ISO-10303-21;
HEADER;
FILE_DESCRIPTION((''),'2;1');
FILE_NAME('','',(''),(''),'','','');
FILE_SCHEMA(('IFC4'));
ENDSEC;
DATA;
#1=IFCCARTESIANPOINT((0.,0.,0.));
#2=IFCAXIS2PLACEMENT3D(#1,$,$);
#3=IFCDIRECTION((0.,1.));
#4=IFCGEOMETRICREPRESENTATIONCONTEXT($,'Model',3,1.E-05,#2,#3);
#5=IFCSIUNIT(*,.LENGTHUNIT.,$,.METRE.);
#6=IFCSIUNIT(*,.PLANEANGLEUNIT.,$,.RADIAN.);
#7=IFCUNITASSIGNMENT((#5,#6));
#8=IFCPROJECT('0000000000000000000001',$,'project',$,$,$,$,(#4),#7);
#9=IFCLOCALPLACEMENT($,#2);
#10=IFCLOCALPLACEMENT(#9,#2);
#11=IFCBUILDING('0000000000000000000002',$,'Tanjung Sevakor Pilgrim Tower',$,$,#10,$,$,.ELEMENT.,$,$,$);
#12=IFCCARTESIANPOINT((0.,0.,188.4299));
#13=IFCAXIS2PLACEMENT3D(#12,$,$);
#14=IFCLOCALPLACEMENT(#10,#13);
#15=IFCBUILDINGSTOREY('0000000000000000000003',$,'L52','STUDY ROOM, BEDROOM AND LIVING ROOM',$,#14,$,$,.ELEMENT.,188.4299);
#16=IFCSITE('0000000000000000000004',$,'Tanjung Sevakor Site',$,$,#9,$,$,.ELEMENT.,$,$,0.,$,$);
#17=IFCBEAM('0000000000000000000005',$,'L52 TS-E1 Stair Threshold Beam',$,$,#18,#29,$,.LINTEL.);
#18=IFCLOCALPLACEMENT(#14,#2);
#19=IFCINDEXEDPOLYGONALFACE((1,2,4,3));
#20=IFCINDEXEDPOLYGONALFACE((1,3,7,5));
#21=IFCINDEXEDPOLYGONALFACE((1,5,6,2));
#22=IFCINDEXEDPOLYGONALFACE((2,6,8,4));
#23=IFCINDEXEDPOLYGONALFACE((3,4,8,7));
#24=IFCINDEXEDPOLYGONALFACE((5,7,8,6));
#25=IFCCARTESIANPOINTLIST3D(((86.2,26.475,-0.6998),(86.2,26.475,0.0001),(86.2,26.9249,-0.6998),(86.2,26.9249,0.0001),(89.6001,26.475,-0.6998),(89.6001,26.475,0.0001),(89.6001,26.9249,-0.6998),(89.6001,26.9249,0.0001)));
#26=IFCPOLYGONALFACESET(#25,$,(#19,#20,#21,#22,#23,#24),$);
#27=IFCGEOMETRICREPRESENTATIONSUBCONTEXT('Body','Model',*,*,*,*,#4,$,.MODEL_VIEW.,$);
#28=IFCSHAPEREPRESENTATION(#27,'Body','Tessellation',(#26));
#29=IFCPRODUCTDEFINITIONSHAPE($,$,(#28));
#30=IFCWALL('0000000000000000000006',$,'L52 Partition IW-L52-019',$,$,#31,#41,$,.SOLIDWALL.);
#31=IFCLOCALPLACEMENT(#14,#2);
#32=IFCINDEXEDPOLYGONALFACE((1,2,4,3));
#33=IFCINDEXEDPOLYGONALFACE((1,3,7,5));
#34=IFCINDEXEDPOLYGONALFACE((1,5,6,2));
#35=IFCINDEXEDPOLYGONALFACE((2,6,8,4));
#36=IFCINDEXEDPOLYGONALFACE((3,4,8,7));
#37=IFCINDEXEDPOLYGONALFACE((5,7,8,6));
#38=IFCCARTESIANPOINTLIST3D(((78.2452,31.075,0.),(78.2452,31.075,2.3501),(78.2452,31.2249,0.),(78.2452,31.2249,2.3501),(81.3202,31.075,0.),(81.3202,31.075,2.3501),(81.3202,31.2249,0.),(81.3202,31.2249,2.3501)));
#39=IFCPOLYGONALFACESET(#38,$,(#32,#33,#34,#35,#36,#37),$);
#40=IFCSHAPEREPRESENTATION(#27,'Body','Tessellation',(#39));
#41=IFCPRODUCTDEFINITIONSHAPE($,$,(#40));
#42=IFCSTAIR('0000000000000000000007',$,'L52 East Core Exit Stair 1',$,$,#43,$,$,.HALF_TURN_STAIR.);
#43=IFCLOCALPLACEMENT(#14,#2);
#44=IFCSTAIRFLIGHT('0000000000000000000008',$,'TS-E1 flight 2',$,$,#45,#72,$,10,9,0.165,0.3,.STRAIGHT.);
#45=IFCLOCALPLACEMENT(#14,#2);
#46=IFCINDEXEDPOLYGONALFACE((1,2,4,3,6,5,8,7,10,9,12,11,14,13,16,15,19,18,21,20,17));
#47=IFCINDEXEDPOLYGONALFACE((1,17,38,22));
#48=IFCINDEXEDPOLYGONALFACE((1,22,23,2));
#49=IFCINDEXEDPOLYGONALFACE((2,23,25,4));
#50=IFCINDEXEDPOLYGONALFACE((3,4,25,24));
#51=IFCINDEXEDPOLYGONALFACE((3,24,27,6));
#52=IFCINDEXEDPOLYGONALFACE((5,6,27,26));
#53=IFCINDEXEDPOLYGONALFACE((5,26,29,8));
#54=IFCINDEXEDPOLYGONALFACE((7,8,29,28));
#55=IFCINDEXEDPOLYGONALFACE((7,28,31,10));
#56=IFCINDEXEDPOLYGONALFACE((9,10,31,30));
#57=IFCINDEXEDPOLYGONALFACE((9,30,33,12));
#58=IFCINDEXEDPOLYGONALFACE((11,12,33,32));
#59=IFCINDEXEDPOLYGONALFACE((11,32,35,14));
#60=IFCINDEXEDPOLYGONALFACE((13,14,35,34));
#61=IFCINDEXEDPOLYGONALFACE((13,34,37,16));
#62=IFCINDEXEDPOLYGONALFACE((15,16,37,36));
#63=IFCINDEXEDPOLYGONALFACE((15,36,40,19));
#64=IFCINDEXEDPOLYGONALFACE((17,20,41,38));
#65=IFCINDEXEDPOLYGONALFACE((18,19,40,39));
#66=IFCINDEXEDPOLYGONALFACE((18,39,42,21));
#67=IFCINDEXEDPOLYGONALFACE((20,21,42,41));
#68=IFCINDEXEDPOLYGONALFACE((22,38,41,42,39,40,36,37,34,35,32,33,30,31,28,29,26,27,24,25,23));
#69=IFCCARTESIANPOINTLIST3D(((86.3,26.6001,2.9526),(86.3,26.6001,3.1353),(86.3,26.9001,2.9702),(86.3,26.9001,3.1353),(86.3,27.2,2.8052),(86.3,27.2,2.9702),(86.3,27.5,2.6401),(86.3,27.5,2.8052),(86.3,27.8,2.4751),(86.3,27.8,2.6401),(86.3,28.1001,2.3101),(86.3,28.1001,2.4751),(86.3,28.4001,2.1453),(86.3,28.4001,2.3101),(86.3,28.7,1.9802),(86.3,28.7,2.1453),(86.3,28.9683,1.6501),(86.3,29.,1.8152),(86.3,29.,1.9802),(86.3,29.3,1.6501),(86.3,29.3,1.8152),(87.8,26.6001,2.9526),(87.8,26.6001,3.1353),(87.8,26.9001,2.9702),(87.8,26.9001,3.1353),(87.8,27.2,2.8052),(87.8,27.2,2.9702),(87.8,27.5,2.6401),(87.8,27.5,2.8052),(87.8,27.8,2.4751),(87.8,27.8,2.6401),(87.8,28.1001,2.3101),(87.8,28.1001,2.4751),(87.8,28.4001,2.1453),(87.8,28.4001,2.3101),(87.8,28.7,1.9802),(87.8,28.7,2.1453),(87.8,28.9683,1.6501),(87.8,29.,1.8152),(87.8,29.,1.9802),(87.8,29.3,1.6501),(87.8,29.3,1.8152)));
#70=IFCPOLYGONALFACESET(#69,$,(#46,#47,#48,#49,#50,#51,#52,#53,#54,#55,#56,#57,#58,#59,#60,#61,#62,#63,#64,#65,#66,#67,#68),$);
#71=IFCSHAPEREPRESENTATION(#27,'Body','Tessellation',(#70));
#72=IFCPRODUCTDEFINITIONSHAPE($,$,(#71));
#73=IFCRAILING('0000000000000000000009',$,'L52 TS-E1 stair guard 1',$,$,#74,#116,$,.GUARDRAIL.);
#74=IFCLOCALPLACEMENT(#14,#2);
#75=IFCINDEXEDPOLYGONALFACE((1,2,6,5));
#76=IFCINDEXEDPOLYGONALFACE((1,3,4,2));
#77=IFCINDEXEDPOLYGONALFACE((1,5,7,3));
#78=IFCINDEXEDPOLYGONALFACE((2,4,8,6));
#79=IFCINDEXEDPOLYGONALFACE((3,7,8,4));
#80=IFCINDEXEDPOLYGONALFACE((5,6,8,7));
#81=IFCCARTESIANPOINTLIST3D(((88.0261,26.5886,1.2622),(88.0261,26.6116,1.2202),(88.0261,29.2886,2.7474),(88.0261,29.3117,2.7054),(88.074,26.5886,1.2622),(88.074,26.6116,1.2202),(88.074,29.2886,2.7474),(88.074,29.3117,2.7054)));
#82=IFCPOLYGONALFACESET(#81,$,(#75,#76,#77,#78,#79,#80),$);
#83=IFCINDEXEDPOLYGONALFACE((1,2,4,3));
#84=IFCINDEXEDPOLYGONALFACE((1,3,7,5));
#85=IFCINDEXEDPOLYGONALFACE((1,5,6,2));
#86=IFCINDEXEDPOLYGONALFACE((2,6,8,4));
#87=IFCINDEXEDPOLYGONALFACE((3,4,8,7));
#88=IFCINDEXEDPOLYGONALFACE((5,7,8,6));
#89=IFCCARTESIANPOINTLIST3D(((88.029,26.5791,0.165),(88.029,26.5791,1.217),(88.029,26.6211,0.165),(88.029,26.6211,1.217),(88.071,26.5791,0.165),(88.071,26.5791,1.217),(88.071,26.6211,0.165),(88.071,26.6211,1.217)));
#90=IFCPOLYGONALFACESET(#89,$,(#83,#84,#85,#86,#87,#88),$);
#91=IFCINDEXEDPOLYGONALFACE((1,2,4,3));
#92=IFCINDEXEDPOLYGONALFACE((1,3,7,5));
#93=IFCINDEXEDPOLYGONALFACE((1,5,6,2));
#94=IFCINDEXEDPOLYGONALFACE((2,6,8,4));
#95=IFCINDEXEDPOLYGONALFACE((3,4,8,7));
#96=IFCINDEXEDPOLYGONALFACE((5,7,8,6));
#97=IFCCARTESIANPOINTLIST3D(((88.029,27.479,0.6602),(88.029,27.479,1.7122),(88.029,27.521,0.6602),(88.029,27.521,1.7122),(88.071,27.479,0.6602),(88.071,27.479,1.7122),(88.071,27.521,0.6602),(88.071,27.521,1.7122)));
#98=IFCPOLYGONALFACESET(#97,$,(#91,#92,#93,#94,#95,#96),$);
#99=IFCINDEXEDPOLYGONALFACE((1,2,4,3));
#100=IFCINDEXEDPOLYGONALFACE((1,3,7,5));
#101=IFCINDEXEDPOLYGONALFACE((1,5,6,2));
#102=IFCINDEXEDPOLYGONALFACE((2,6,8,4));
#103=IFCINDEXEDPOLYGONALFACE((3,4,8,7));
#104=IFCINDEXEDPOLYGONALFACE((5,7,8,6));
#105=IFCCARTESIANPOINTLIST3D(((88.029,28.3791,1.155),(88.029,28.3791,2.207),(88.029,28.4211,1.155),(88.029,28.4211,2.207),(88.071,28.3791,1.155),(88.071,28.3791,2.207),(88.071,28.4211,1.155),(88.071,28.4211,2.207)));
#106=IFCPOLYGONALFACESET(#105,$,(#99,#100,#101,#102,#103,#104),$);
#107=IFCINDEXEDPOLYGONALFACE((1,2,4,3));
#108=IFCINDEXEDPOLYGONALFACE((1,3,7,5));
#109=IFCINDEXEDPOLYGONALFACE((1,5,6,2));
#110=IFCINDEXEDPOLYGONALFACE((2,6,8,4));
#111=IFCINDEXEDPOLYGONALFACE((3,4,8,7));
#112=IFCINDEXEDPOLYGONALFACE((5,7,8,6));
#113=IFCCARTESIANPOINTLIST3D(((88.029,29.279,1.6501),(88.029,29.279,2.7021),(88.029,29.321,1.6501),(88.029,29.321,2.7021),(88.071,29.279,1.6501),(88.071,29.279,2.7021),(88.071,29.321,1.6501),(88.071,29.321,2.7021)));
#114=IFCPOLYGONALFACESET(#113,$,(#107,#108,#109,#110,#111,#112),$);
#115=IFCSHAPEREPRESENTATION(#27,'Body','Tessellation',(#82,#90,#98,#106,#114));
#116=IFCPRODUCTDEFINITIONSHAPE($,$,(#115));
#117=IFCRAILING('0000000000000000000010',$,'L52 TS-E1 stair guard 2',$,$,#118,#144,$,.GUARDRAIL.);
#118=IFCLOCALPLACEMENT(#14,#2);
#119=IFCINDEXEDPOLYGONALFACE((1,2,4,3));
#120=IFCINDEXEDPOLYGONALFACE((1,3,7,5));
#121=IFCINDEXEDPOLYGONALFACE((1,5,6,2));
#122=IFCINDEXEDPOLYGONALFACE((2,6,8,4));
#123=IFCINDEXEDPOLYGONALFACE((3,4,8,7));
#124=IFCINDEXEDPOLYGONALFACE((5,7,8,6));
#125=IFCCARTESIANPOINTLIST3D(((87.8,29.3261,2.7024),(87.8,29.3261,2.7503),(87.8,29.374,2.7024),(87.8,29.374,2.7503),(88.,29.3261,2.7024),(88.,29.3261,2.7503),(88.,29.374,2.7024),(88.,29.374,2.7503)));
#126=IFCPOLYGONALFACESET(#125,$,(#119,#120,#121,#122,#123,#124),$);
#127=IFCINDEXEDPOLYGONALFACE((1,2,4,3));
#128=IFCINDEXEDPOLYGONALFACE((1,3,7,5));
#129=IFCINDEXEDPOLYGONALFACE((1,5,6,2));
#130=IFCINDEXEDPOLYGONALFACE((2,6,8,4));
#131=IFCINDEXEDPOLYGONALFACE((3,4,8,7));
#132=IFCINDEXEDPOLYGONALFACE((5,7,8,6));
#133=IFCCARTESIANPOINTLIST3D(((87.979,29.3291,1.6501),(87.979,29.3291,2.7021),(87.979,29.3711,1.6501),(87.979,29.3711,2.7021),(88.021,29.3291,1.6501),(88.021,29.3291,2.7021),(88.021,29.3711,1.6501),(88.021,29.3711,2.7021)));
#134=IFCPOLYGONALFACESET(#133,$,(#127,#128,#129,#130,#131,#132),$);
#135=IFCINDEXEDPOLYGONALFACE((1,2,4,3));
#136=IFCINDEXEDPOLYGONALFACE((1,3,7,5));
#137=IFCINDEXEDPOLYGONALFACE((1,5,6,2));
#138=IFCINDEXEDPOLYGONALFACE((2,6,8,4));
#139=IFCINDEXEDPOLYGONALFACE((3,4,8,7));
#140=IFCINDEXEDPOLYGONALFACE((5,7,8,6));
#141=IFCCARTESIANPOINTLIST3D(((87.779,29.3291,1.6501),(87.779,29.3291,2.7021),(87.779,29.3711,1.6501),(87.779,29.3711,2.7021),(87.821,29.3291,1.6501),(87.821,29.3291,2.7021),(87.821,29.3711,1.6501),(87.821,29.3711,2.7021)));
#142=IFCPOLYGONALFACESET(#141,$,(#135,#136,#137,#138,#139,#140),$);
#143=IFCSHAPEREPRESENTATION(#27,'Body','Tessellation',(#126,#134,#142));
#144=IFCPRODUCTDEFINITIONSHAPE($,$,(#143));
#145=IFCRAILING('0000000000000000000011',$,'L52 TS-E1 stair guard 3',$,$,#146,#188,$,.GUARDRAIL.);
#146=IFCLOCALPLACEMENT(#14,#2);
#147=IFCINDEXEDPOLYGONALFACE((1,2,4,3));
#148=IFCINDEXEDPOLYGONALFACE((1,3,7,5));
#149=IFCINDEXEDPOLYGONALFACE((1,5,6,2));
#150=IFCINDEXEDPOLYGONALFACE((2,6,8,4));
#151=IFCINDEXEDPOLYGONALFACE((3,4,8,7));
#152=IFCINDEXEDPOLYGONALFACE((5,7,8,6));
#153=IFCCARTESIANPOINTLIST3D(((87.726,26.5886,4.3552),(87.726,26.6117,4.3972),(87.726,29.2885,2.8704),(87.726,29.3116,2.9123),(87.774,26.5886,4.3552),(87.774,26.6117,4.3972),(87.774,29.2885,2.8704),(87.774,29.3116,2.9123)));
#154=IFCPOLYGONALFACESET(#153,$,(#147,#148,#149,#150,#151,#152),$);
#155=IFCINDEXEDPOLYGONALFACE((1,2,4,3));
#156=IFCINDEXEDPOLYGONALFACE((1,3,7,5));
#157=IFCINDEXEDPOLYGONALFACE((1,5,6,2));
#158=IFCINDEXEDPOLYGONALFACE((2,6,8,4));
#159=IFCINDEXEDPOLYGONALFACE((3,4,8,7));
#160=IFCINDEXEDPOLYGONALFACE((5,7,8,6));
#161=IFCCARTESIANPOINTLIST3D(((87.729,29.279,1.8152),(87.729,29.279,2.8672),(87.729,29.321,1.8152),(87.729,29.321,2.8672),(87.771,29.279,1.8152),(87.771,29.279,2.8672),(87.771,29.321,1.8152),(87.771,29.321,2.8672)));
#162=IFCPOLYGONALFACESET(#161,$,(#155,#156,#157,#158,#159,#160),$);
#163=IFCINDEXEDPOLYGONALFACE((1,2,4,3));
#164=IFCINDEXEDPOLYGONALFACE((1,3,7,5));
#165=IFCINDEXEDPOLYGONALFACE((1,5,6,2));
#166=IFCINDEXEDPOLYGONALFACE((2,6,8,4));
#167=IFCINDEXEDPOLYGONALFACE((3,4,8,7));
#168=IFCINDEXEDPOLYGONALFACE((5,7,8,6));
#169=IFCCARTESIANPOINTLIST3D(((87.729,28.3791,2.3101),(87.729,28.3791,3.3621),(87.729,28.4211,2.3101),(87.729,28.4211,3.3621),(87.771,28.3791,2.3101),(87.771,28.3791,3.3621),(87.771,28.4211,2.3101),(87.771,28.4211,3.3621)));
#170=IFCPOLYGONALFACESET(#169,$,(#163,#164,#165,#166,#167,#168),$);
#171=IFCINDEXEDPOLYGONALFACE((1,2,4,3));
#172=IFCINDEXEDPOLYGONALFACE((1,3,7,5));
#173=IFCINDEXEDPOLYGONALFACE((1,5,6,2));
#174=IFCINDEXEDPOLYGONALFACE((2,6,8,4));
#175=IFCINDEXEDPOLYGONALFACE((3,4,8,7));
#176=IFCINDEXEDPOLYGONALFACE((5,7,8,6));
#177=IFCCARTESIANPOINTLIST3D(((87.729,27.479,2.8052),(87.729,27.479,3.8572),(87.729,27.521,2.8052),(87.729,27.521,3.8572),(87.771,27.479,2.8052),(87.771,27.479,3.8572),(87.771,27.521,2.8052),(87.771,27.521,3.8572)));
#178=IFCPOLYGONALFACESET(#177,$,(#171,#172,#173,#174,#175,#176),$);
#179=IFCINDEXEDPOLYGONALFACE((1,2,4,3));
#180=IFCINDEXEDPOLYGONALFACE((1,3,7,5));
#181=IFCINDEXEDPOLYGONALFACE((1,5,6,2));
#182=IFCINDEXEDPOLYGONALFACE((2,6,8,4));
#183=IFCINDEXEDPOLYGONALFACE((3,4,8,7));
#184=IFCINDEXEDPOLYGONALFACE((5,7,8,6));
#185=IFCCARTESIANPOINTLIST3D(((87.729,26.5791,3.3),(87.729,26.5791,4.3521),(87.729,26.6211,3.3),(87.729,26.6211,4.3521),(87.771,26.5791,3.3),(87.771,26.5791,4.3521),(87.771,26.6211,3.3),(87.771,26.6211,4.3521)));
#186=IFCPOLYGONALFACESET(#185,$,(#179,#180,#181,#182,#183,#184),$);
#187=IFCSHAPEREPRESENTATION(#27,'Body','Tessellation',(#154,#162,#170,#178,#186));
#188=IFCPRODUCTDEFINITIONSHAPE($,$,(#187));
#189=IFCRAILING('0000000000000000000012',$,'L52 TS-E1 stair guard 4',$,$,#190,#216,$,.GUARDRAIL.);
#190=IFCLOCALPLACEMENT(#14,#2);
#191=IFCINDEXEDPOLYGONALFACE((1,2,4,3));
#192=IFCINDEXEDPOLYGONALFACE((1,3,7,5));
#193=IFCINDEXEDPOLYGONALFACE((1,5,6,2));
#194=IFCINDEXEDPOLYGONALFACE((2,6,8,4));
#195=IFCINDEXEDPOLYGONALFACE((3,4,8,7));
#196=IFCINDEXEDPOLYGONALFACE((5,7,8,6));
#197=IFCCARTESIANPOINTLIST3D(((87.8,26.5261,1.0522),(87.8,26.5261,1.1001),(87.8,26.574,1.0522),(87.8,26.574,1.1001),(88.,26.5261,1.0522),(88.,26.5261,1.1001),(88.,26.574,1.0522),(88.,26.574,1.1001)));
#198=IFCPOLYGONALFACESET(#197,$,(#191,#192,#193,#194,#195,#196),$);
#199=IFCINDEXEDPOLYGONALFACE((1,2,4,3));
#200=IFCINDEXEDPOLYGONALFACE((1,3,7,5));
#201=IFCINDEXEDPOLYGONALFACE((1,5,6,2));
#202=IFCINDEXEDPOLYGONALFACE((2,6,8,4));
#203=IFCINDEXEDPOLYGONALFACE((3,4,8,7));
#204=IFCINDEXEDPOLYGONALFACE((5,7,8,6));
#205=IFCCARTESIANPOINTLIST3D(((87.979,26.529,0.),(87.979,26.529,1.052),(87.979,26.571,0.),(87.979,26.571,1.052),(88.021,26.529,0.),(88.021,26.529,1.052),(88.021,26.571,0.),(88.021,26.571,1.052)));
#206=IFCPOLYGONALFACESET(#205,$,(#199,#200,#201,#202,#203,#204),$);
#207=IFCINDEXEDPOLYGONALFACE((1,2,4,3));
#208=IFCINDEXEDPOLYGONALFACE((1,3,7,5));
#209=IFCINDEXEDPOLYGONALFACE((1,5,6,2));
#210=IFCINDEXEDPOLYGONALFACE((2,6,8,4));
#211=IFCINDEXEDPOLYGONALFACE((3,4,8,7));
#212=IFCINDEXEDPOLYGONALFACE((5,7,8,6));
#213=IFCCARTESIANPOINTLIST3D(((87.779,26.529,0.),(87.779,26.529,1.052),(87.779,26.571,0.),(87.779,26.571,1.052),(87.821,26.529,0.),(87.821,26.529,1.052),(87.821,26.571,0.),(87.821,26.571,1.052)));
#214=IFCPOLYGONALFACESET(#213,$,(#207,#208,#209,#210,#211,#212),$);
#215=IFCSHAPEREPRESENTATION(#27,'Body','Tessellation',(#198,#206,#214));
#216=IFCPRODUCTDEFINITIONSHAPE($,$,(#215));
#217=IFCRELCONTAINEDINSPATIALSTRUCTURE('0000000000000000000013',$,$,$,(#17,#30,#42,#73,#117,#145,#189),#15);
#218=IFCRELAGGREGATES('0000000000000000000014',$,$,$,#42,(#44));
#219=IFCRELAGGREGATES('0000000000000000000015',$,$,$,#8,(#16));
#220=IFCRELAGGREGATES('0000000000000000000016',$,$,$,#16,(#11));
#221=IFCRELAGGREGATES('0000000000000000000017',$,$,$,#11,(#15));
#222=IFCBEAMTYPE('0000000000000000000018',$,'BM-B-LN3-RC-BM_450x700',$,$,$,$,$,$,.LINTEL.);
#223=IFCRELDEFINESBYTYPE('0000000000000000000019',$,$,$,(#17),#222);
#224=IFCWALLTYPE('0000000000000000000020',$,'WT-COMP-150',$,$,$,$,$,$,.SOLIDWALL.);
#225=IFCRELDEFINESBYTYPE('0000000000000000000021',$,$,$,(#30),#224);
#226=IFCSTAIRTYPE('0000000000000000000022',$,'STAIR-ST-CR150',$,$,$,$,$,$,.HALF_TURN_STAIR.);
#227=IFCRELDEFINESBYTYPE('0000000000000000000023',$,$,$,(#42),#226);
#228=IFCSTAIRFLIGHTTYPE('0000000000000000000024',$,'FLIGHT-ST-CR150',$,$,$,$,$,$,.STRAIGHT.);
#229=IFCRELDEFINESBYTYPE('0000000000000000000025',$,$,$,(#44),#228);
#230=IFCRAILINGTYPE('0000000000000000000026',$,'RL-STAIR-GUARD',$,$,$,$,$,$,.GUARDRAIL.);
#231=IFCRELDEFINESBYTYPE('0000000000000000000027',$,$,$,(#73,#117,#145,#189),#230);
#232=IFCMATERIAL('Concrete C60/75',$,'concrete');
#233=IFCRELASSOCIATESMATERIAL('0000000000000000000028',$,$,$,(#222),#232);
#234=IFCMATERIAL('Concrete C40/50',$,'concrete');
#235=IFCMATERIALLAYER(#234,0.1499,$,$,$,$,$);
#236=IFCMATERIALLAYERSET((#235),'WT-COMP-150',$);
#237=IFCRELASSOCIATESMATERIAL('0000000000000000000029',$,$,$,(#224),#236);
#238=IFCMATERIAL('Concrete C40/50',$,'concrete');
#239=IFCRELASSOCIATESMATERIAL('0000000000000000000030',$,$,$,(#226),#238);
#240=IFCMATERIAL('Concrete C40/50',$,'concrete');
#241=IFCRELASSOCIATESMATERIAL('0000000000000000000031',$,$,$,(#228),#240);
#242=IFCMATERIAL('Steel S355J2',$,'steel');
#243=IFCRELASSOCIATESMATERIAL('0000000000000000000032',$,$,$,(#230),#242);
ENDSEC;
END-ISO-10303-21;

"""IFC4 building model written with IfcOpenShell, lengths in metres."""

from ifc_helpers import new_model, si_unit, direction, frame, frame_2d, origin, origin_2d, place, context, subcontext, project, spatial, polyline, rectangle, outline, extrude, material, layer, layer_set, material_profile, profile_set, type_object, element, aggregate, save


model = new_model("IFC4")

# Units and contexts
model_context = context("Model", 3, precision=1e-05, world=origin(), true_north=direction((0.0, 1.0)))
body_context = subcontext(model_context, "Body", "Model", "MODEL_VIEW")
ifc_project = project(units=[si_unit("LENGTHUNIT", "METRE"), si_unit("PLANEANGLEUNIT", "RADIAN")], contexts=[model_context])

# Site, building, storey
site_placement = place(None, origin())
site = spatial("IfcSite", under=ifc_project, at=site_placement, Name="Tanjung Sevakor Site", CompositionType="ELEMENT", RefElevation=0.0)
building_placement = place(site_placement, origin())
building = spatial("IfcBuilding", under=site, at=building_placement, Name="Tanjung Sevakor Pilgrim Tower", CompositionType="ELEMENT")
storey_placement = place(building_placement, frame((0.0, 0.0, 188.4299)))
storey = spatial("IfcBuildingStorey", under=building, at=storey_placement, Name="L52", Description="STUDY ROOM, BEDROOM AND LIVING ROOM", CompositionType="ELEMENT", Elevation=188.4299)

# Beam
ifc_material_1 = material(Name="Concrete C60/75", Category="concrete")
ifc_material_profile = material_profile(ifc_material_1, rectangle(XDim=0.45, YDim=0.7, at=origin_2d()))
ifc_profile_set = profile_set([ifc_material_profile], Name="Concrete C60/75")
beam_type = type_object("IfcBeamType", Name="BM-B-LN3-RC-BM_450x700", PredefinedType="LINTEL", material=ifc_profile_set)
beam_placement = place(storey_placement, frame((86.2, 26.7, -0.3499), z_axis=(1.0, 0.0, 0.0), x_axis=(0.0, 1.0, 0.0)))
element("IfcBeam", 1, at=beam_placement, inside=storey, type_object=beam_type, Name="L52 TS-E1 Stair Threshold Beam", PredefinedType="LINTEL", context=body_context, shape_type="SweptSolid", body=[
    extrude(rectangle(XDim=0.45, YDim=0.7, at=origin_2d()), origin(), (0.0, 0.0, 1.0), 3.4001),
])

# Shared definitions
ifc_material_2 = material(Name="Concrete C40/50", Category="concrete")
ifc_layer_1 = layer(ifc_material_2, 0.1499)
ifc_layer_set_1 = layer_set([ifc_layer_1], Name="WT-COMP-150")
wall_type_1 = type_object("IfcWallType", Name="WT-COMP-150", PredefinedType="SOLIDWALL", material=ifc_layer_set_1)

# Wall
wall_1_placement = place(storey_placement, frame((78.2451, 31.1499, 0.0), z_axis=(0.0, 0.0, 1.0), x_axis=(1.0, 0.0, 0.0)))
element("IfcWall", 2, at=wall_1_placement, inside=storey, type_object=wall_type_1, Name="L52 Partition IW-L52-019", PredefinedType="SOLIDWALL", context=body_context, shape_type="SweptSolid", body=[
    extrude(rectangle(XDim=3.075, YDim=0.1499, at=frame_2d((1.5376, 0.0))), origin(), (0.0, 0.0, 1.0), 2.3501),
])

# Stair, stair flight
ifc_material_3 = material(Name="Concrete C40/50", Category="concrete")
stair_type = type_object("IfcStairType", Name="STAIR-ST-CR150", PredefinedType="HALF_TURN_STAIR", material=ifc_material_3)
stair_placement = place(storey_placement, origin())
stair = element("IfcStair", 3, at=stair_placement, inside=storey, type_object=stair_type, Name="L52 East Core Exit Stair 1", PredefinedType="HALF_TURN_STAIR")
ifc_material_4 = material(Name="Concrete C40/50", Category="concrete")
stair_flight_type = type_object("IfcStairFlightType", Name="FLIGHT-ST-CR150", PredefinedType="STRAIGHT", material=ifc_material_4)
stair_flight_placement = place(storey_placement, frame((87.05, 29.3, 1.6501), z_axis=(0.0, 0.0, 1.0), x_axis=(0.0, -1.0, 0.0)))
stair_flight = element("IfcStairFlight", 4, at=stair_flight_placement, type_object=stair_flight_type, Name="TS-E1 flight 2", NumberOfRisers=10, NumberOfTreads=9, PredefinedType="STRAIGHT", RiserHeight=0.165, TreadLength=0.3, context=body_context, shape_type="SweptSolid", body=[
    extrude(outline(polyline([(0.0, 0.0), (0.0, 0.165), (0.3, 0.165), (0.3, 0.3301), (0.6001, 0.3301), (0.6001, 0.4951), (0.8999, 0.4951), (0.8999, 0.6599), (1.2, 0.6599), (1.2, 0.825), (1.5, 0.825), (1.5, 0.99), (1.8, 0.99), (1.8, 1.155), (2.1001, 1.155), (2.1001, 1.3201), (2.3999, 1.3201), (2.3999, 1.4851), (2.7, 1.4851), (2.7, 1.6499), (2.7, 1.3025), (0.3318, 0.0), (0.0, 0.0)])), frame((0.0, 0.75, 0.0), z_axis=(0.0, -1.0, 0.0), x_axis=(1.0, 0.0, 0.0)), (0.0, 0.0, 1.0), 1.5),
])
aggregate(stair, [stair_flight])

# Railings
ifc_material_5 = material(Name="Steel S355J2", Category="steel")
railing_type_1 = type_object("IfcRailingType", Name="RL-STAIR-GUARD", PredefinedType="GUARDRAIL", material=ifc_material_5)
railing_1_placement = place(storey_placement, frame((88.05, 26.6001, 0.165)))
element("IfcRailing", 5, at=railing_1_placement, inside=storey, type_object=railing_type_1, Name="L52 TS-E1 stair guard 1", PredefinedType="GUARDRAIL", context=body_context, shape_type="SweptSolid", body=[
    extrude(rectangle(XDim=0.0479, YDim=0.0479), frame((0.0, 0.0, 1.0762), z_axis=(0.0, 0.876198, 0.481952), x_axis=(-1.0, 0.0, 0.0)), (0.0, 0.0, 1.0), 3.0815),
    extrude(rectangle(XDim=0.042, YDim=0.042), origin(), (0.0, 0.0, 1.0), 1.052),
    extrude(rectangle(XDim=0.042, YDim=0.042), frame((0.0, 0.8999, 0.4951)), (0.0, 0.0, 1.0), 1.052),
    extrude(rectangle(XDim=0.042, YDim=0.042), frame((0.0, 1.8, 0.99)), (0.0, 0.0, 1.0), 1.052),
    extrude(rectangle(XDim=0.042, YDim=0.042), frame((0.0, 2.7, 1.4851)), (0.0, 0.0, 1.0), 1.052),
])
railing_2_placement = place(storey_placement, frame((88.0, 29.3501, 1.6501)))
element("IfcRailing", 6, at=railing_2_placement, inside=storey, type_object=railing_type_1, Name="L52 TS-E1 stair guard 2", PredefinedType="GUARDRAIL", context=body_context, shape_type="SweptSolid", body=[
    extrude(rectangle(XDim=0.0479, YDim=0.0479), frame((0.0, 0.0, 1.0762), z_axis=(-1.0, 0.0, 0.0), x_axis=(0.0, -1.0, 0.0)), (0.0, 0.0, 1.0), 0.2),
    extrude(rectangle(XDim=0.042, YDim=0.042), origin(), (0.0, 0.0, 1.0), 1.052),
    extrude(rectangle(XDim=0.042, YDim=0.042), frame((-0.2, 0.0, 0.0)), (0.0, 0.0, 1.0), 1.052),
])
railing_3_placement = place(storey_placement, frame((87.75, 29.3, 1.8152)))
element("IfcRailing", 7, at=railing_3_placement, inside=storey, type_object=railing_type_1, Name="L52 TS-E1 stair guard 3", PredefinedType="GUARDRAIL", context=body_context, shape_type="SweptSolid", body=[
    extrude(rectangle(XDim=0.0479, YDim=0.0479), frame((0.0, 0.0, 1.0762), z_axis=(0.0, -0.876231, 0.481891), x_axis=(1.0, 0.0, 0.0)), (0.0, 0.0, 1.0), 3.0813),
    extrude(rectangle(XDim=0.042, YDim=0.042), origin(), (0.0, 0.0, 1.0), 1.052),
    extrude(rectangle(XDim=0.042, YDim=0.042), frame((0.0, -0.8999, 0.4949)), (0.0, 0.0, 1.0), 1.052),
    extrude(rectangle(XDim=0.042, YDim=0.042), frame((0.0, -1.8, 0.99)), (0.0, 0.0, 1.0), 1.052),
    extrude(rectangle(XDim=0.042, YDim=0.042), frame((0.0, -2.7, 1.4849)), (0.0, 0.0, 1.0), 1.052),
])
railing_4_placement = place(storey_placement, frame((88.0, 26.55, 0.0)))
element("IfcRailing", 8, at=railing_4_placement, inside=storey, type_object=railing_type_1, Name="L52 TS-E1 stair guard 4", PredefinedType="GUARDRAIL", context=body_context, shape_type="SweptSolid", body=[
    extrude(rectangle(XDim=0.0479, YDim=0.0479), frame((0.0, 0.0, 1.0762), z_axis=(-1.0, 0.0, 0.0), x_axis=(0.0, -1.0, 0.0)), (0.0, 0.0, 1.0), 0.2),
    extrude(rectangle(XDim=0.042, YDim=0.042), origin(), (0.0, 0.0, 1.0), 1.052),
    extrude(rectangle(XDim=0.042, YDim=0.042), frame((-0.2, 0.0, 0.0)), (0.0, 0.0, 1.0), 1.052),
])

save(model, "model.ifc")
